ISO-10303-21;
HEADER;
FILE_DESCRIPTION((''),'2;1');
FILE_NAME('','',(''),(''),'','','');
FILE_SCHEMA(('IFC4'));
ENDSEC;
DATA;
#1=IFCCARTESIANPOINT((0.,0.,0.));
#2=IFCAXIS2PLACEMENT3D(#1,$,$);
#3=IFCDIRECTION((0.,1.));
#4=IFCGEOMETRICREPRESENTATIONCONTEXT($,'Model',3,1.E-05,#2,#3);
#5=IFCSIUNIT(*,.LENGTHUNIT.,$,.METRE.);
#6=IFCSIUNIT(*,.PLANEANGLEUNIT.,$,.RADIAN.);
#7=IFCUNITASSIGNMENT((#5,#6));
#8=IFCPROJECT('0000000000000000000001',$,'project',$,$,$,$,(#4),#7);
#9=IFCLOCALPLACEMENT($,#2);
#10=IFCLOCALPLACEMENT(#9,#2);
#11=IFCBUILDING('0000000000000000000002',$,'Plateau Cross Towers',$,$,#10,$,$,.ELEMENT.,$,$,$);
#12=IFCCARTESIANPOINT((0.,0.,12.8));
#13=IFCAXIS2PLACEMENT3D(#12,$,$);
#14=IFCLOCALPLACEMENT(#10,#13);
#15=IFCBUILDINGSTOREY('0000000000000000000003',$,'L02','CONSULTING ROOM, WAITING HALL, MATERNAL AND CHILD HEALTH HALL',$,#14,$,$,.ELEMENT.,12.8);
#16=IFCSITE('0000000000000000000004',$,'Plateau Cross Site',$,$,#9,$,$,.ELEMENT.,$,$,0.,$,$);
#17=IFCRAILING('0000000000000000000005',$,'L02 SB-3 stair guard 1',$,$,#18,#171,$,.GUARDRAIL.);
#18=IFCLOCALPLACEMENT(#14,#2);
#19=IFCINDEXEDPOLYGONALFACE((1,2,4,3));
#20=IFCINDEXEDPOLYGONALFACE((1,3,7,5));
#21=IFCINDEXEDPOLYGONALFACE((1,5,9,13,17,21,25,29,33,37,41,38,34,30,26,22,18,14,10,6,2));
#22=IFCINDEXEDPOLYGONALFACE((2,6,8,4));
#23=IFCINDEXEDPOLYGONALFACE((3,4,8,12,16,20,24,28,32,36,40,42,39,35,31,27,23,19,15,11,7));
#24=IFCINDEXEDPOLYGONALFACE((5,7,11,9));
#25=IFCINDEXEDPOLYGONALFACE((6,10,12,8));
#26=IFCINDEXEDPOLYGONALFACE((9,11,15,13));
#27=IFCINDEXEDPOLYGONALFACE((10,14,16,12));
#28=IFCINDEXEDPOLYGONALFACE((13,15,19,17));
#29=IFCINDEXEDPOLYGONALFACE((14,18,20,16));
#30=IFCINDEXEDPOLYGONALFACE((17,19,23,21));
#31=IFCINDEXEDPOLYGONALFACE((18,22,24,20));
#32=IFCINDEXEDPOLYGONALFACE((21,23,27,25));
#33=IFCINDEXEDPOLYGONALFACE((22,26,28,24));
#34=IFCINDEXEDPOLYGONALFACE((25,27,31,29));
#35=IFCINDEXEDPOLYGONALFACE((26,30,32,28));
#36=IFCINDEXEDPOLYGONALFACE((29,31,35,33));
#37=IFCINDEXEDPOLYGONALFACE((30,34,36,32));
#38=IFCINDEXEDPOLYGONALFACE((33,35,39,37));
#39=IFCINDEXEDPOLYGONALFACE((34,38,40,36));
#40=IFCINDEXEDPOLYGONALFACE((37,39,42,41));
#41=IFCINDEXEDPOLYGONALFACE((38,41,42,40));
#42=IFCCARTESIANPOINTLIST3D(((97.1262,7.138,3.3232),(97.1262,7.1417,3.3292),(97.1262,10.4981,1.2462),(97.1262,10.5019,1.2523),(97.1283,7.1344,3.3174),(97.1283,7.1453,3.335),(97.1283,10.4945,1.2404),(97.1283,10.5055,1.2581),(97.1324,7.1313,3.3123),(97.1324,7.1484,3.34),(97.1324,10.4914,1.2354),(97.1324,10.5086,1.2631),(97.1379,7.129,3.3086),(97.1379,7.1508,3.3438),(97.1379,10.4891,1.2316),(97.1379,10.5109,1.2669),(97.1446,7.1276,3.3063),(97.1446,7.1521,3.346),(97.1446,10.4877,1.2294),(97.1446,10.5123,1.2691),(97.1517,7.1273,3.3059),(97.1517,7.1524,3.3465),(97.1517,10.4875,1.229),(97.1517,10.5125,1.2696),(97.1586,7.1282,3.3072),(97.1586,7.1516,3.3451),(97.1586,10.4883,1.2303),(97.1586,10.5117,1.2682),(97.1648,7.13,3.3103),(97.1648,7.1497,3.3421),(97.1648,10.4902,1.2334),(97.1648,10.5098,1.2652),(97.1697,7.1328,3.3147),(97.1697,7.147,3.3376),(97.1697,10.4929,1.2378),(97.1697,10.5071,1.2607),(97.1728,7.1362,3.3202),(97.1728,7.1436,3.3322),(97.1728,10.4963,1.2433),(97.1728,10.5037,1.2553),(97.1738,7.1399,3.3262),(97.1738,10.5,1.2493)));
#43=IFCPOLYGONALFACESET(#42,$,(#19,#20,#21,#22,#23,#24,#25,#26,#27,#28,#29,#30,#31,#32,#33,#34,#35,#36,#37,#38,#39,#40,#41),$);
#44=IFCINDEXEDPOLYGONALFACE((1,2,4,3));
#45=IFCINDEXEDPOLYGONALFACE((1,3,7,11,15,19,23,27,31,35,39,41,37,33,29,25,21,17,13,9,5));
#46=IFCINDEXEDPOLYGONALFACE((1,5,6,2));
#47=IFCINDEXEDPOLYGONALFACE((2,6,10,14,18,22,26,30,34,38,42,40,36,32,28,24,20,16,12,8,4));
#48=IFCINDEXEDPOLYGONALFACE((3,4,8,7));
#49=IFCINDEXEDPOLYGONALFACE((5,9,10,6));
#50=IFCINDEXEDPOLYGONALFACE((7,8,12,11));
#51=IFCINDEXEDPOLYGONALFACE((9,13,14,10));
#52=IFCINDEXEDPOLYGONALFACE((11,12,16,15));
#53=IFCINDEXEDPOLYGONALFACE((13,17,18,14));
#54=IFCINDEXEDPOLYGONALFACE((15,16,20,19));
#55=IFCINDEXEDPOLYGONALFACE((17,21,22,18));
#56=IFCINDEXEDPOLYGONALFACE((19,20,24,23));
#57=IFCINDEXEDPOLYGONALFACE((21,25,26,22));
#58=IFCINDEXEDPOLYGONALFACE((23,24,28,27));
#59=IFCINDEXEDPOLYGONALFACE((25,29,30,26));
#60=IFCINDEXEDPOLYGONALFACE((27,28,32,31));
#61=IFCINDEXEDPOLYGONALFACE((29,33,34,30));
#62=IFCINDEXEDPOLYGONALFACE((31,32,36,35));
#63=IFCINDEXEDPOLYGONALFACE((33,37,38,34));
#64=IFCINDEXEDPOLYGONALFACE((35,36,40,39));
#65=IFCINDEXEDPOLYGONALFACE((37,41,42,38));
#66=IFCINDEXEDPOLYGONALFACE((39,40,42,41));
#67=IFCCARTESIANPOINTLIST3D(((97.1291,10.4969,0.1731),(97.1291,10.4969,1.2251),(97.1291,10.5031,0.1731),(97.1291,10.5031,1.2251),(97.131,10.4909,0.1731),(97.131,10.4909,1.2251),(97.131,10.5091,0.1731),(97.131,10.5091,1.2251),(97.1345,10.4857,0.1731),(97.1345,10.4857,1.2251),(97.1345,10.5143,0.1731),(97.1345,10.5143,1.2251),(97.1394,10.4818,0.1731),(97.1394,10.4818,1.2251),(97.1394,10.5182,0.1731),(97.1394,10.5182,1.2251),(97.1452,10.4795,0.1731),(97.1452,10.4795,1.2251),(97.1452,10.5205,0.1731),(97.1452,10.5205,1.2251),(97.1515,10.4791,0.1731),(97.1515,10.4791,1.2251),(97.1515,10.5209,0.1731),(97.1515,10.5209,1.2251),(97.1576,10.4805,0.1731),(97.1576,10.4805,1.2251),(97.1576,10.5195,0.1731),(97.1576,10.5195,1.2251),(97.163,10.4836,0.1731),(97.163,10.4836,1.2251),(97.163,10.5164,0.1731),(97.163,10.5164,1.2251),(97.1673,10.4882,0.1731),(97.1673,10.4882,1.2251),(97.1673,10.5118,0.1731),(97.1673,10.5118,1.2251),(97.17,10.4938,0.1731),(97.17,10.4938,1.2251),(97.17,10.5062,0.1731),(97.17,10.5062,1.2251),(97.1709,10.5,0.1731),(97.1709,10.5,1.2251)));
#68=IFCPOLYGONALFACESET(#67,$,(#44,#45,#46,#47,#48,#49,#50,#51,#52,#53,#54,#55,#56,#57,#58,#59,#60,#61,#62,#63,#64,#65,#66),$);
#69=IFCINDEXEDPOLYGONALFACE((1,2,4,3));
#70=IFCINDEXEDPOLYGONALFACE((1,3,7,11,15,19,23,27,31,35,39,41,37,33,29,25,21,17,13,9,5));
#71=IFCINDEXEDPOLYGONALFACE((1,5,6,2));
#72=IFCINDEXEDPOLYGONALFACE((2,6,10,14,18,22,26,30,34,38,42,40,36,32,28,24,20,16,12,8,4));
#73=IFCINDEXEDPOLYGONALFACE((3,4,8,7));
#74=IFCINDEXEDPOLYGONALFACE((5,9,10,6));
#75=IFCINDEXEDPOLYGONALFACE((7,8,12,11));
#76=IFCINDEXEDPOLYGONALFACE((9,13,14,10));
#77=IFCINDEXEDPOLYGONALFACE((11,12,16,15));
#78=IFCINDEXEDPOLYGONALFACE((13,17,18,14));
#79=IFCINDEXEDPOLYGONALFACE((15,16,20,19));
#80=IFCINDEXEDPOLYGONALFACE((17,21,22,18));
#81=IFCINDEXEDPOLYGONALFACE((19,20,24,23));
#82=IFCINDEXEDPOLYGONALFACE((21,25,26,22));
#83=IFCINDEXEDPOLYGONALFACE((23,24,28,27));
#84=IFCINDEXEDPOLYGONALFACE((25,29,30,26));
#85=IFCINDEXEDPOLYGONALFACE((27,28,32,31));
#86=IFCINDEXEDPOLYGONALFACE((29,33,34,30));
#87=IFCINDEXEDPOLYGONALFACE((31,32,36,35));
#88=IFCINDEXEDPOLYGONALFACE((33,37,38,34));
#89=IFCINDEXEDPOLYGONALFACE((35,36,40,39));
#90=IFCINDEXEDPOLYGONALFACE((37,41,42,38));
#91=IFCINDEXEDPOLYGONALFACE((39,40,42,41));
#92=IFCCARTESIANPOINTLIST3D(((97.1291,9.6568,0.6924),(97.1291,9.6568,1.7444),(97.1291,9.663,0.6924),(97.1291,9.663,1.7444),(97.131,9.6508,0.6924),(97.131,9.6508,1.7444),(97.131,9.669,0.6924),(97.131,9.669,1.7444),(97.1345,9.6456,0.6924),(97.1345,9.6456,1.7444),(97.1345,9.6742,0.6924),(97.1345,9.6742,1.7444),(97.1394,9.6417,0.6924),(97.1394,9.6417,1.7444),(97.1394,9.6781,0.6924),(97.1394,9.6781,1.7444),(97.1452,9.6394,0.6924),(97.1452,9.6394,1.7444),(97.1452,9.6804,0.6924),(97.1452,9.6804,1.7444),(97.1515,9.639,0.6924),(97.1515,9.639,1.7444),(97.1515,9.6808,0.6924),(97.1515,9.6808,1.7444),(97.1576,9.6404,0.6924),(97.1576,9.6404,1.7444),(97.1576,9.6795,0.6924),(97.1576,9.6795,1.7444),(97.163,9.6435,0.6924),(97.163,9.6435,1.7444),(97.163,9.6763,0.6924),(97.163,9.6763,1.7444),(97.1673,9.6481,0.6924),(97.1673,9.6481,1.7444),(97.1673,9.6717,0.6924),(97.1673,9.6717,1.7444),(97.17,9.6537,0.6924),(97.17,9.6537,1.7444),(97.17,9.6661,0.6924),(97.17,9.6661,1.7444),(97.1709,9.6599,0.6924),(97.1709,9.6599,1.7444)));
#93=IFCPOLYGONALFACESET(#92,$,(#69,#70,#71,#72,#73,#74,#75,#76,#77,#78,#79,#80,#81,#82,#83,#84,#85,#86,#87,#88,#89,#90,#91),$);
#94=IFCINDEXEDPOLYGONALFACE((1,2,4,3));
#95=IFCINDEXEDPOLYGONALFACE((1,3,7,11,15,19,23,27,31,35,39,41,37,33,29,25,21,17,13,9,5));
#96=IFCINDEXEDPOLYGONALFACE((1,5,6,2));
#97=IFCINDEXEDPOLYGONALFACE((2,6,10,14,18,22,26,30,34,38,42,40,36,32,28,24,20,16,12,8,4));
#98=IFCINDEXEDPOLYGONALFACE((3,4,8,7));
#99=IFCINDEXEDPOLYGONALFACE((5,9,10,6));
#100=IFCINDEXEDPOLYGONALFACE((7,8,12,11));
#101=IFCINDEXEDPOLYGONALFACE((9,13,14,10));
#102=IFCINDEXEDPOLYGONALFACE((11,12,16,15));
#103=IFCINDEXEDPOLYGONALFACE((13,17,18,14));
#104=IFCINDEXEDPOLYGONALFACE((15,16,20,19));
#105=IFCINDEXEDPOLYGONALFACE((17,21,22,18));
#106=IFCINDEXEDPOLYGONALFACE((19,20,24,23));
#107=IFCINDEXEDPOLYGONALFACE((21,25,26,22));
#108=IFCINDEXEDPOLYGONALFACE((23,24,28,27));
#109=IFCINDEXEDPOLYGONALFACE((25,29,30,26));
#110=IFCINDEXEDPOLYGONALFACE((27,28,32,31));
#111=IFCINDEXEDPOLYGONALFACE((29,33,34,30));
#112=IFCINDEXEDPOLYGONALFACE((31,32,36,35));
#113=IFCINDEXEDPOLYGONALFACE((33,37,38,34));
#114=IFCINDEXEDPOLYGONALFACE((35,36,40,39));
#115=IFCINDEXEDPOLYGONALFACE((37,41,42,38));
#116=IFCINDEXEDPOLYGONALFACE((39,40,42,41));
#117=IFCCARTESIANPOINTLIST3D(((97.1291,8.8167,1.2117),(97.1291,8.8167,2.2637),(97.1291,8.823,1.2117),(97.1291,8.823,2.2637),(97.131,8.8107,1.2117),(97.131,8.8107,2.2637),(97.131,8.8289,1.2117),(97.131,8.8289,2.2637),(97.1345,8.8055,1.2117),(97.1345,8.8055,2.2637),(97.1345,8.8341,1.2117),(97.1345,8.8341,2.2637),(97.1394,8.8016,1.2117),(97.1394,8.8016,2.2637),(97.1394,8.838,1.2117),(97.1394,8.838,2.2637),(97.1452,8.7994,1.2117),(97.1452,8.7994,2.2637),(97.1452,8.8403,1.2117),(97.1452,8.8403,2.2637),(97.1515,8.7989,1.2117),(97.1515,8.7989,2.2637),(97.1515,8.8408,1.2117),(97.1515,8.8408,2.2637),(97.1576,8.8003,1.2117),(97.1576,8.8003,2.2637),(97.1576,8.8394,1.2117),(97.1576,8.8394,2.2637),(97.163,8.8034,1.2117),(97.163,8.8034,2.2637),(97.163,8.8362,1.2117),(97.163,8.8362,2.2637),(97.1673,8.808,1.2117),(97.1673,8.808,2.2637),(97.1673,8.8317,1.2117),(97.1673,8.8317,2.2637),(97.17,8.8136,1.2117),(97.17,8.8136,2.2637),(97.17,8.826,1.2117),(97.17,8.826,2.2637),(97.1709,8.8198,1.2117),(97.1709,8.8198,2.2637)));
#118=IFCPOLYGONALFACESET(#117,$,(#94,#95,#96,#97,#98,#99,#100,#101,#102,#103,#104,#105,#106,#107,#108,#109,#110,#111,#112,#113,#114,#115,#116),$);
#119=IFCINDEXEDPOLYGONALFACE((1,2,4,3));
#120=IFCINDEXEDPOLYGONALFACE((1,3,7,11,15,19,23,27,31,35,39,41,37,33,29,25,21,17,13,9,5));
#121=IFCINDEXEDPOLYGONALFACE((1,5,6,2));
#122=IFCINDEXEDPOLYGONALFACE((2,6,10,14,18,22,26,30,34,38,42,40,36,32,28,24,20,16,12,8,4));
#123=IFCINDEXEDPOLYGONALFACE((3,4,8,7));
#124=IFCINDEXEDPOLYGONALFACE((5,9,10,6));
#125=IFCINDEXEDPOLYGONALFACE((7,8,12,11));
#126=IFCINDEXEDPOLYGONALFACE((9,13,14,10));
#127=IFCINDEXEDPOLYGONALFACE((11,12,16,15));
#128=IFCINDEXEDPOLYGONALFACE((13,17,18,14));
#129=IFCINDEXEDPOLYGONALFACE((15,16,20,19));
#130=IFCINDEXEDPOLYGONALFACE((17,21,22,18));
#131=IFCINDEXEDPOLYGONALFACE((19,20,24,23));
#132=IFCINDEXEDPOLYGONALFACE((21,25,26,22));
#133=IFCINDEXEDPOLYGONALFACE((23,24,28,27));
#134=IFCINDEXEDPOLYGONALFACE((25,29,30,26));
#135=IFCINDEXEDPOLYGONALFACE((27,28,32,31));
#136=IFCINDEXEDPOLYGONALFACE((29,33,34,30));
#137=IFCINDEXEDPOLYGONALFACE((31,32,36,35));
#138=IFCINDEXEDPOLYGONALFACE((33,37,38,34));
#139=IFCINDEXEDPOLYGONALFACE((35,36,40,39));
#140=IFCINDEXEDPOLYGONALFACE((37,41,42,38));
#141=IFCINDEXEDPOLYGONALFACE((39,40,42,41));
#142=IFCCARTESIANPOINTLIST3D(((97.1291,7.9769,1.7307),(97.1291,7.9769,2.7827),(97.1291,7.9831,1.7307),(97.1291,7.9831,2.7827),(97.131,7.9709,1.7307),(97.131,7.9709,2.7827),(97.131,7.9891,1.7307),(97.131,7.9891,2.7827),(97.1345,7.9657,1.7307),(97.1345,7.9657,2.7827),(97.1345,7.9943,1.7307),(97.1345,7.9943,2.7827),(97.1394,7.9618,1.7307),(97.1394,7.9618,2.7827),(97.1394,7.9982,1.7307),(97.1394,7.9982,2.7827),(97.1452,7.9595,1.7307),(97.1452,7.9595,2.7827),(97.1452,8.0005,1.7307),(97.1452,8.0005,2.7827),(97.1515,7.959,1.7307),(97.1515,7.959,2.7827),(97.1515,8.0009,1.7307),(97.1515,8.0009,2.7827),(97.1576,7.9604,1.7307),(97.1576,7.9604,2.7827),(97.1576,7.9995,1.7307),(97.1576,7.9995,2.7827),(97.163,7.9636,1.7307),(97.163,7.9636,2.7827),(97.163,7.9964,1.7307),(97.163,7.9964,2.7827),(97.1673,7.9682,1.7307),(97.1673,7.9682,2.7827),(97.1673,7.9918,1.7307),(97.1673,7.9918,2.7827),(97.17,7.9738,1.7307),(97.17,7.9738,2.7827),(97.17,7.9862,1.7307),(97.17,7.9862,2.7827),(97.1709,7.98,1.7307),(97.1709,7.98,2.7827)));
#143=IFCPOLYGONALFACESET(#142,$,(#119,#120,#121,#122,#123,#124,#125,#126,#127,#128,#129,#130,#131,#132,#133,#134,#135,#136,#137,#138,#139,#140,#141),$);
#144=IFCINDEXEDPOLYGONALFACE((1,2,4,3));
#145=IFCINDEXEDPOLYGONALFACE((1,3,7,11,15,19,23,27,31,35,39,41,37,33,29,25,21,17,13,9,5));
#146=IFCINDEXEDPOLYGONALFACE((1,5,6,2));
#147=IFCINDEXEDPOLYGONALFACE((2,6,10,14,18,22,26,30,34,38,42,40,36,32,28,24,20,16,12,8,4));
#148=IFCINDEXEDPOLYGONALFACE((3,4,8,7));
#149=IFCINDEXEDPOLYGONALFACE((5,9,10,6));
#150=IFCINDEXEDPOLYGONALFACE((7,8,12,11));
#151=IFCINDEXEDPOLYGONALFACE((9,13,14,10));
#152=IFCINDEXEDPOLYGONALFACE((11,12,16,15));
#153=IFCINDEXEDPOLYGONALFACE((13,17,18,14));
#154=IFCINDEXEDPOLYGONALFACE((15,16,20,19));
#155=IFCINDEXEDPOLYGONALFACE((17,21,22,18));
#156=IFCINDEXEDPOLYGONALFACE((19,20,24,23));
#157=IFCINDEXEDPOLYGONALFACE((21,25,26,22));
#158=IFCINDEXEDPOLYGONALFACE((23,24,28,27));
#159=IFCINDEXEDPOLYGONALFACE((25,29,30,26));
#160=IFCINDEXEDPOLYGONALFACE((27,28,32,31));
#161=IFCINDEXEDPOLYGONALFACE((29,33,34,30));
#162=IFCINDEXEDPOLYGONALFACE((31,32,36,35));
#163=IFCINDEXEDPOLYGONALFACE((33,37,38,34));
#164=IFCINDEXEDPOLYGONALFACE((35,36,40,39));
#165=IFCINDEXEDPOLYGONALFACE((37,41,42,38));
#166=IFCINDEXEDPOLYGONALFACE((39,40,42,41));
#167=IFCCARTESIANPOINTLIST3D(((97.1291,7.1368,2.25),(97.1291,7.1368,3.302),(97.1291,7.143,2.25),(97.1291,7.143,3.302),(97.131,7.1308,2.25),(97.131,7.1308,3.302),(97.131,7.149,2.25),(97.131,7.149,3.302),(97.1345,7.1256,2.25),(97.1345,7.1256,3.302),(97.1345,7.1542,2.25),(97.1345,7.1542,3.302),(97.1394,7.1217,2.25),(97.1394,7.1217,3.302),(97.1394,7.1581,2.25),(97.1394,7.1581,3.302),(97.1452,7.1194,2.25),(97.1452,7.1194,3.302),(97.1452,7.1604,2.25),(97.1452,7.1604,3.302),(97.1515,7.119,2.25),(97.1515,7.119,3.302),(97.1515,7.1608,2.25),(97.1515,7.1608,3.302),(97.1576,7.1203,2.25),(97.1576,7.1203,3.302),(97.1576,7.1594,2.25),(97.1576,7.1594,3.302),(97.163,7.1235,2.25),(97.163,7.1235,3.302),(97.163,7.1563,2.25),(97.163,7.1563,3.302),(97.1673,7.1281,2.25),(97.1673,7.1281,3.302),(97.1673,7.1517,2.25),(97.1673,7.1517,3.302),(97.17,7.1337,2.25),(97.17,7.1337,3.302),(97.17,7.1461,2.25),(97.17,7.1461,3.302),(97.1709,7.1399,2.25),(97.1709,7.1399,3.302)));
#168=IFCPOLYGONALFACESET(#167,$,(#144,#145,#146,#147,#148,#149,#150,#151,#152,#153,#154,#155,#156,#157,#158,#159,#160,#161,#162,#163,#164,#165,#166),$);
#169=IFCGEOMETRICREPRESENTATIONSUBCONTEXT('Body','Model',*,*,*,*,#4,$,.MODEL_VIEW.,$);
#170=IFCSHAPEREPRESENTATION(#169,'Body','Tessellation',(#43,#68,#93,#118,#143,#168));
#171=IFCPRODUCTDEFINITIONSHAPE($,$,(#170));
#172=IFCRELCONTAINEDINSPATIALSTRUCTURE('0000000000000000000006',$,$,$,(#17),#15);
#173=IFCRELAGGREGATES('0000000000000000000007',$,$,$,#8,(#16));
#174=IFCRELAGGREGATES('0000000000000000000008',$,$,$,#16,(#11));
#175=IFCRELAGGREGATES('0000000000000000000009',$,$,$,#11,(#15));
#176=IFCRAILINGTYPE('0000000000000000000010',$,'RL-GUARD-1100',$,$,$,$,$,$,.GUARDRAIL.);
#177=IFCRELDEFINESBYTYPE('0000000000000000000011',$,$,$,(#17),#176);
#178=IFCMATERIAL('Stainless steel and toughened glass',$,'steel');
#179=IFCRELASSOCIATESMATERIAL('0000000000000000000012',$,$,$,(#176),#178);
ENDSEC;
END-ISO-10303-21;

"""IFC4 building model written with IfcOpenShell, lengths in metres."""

from ifc_helpers import new_model, si_unit, direction, frame, origin, origin_2d, place, context, subcontext, project, spatial, circle, extrude, material, type_object, element, save


model = new_model("IFC4")

# Units and contexts
model_context = context("Model", 3, precision=1e-05, world=origin(), true_north=direction((0.0, 1.0)))
body_context = subcontext(model_context, "Body", "Model", "MODEL_VIEW")
ifc_project = project(units=[si_unit("LENGTHUNIT", "METRE"), si_unit("PLANEANGLEUNIT", "RADIAN")], contexts=[model_context])

# Site, building, storey
site_placement = place(None, origin())
site = spatial("IfcSite", under=ifc_project, at=site_placement, Name="Plateau Cross Site", CompositionType="ELEMENT", RefElevation=0.0)
building_placement = place(site_placement, origin())
building = spatial("IfcBuilding", under=site, at=building_placement, Name="Plateau Cross Towers", CompositionType="ELEMENT")
storey_placement = place(building_placement, frame((0.0, 0.0, 12.8)))
storey = spatial("IfcBuildingStorey", under=building, at=storey_placement, Name="L02", Description="CONSULTING ROOM, WAITING HALL, MATERNAL AND CHILD HEALTH HALL", CompositionType="ELEMENT", Elevation=12.8)

# Railing
ifc_material_1 = material(Name="Stainless steel and toughened glass", Category="steel")
railing_type_1 = type_object("IfcRailingType", Name="RL-GUARD-1100", PredefinedType="GUARDRAIL", material=ifc_material_1)
railing_1_placement = place(storey_placement, frame((97.1499, 10.5, 0.1731)))
element("IfcRailing", 1, at=railing_1_placement, inside=storey, type_object=railing_type_1, Name="L02 SB-3 stair guard 1", PredefinedType="GUARDRAIL", context=body_context, shape_type="SweptSolid", body=[
    extrude(circle(Radius=0.0239, at=origin_2d()), frame((0.0, 0.0, 1.0762), z_axis=(0.0, -0.850623, 0.525776), x_axis=(1.0, 0.0, 0.0)), (0.0, 0.0, 1.0), 3.9502),
    extrude(circle(Radius=0.021, at=origin_2d()), origin(), (0.0, 0.0, 1.0), 1.052),
    extrude(circle(Radius=0.021, at=origin_2d()), frame((0.0, -0.8401, 0.5193)), (0.0, 0.0, 1.0), 1.052),
    extrude(circle(Radius=0.021, at=origin_2d()), frame((0.0, -1.6802, 1.0386)), (0.0, 0.0, 1.0), 1.052),
    extrude(circle(Radius=0.021, at=origin_2d()), frame((0.0, -2.52, 1.5576)), (0.0, 0.0, 1.0), 1.052),
    extrude(circle(Radius=0.021, at=origin_2d()), frame((0.0, -3.3601, 2.0769)), (0.0, 0.0, 1.0), 1.052),
])

save(model, "model.ifc")
